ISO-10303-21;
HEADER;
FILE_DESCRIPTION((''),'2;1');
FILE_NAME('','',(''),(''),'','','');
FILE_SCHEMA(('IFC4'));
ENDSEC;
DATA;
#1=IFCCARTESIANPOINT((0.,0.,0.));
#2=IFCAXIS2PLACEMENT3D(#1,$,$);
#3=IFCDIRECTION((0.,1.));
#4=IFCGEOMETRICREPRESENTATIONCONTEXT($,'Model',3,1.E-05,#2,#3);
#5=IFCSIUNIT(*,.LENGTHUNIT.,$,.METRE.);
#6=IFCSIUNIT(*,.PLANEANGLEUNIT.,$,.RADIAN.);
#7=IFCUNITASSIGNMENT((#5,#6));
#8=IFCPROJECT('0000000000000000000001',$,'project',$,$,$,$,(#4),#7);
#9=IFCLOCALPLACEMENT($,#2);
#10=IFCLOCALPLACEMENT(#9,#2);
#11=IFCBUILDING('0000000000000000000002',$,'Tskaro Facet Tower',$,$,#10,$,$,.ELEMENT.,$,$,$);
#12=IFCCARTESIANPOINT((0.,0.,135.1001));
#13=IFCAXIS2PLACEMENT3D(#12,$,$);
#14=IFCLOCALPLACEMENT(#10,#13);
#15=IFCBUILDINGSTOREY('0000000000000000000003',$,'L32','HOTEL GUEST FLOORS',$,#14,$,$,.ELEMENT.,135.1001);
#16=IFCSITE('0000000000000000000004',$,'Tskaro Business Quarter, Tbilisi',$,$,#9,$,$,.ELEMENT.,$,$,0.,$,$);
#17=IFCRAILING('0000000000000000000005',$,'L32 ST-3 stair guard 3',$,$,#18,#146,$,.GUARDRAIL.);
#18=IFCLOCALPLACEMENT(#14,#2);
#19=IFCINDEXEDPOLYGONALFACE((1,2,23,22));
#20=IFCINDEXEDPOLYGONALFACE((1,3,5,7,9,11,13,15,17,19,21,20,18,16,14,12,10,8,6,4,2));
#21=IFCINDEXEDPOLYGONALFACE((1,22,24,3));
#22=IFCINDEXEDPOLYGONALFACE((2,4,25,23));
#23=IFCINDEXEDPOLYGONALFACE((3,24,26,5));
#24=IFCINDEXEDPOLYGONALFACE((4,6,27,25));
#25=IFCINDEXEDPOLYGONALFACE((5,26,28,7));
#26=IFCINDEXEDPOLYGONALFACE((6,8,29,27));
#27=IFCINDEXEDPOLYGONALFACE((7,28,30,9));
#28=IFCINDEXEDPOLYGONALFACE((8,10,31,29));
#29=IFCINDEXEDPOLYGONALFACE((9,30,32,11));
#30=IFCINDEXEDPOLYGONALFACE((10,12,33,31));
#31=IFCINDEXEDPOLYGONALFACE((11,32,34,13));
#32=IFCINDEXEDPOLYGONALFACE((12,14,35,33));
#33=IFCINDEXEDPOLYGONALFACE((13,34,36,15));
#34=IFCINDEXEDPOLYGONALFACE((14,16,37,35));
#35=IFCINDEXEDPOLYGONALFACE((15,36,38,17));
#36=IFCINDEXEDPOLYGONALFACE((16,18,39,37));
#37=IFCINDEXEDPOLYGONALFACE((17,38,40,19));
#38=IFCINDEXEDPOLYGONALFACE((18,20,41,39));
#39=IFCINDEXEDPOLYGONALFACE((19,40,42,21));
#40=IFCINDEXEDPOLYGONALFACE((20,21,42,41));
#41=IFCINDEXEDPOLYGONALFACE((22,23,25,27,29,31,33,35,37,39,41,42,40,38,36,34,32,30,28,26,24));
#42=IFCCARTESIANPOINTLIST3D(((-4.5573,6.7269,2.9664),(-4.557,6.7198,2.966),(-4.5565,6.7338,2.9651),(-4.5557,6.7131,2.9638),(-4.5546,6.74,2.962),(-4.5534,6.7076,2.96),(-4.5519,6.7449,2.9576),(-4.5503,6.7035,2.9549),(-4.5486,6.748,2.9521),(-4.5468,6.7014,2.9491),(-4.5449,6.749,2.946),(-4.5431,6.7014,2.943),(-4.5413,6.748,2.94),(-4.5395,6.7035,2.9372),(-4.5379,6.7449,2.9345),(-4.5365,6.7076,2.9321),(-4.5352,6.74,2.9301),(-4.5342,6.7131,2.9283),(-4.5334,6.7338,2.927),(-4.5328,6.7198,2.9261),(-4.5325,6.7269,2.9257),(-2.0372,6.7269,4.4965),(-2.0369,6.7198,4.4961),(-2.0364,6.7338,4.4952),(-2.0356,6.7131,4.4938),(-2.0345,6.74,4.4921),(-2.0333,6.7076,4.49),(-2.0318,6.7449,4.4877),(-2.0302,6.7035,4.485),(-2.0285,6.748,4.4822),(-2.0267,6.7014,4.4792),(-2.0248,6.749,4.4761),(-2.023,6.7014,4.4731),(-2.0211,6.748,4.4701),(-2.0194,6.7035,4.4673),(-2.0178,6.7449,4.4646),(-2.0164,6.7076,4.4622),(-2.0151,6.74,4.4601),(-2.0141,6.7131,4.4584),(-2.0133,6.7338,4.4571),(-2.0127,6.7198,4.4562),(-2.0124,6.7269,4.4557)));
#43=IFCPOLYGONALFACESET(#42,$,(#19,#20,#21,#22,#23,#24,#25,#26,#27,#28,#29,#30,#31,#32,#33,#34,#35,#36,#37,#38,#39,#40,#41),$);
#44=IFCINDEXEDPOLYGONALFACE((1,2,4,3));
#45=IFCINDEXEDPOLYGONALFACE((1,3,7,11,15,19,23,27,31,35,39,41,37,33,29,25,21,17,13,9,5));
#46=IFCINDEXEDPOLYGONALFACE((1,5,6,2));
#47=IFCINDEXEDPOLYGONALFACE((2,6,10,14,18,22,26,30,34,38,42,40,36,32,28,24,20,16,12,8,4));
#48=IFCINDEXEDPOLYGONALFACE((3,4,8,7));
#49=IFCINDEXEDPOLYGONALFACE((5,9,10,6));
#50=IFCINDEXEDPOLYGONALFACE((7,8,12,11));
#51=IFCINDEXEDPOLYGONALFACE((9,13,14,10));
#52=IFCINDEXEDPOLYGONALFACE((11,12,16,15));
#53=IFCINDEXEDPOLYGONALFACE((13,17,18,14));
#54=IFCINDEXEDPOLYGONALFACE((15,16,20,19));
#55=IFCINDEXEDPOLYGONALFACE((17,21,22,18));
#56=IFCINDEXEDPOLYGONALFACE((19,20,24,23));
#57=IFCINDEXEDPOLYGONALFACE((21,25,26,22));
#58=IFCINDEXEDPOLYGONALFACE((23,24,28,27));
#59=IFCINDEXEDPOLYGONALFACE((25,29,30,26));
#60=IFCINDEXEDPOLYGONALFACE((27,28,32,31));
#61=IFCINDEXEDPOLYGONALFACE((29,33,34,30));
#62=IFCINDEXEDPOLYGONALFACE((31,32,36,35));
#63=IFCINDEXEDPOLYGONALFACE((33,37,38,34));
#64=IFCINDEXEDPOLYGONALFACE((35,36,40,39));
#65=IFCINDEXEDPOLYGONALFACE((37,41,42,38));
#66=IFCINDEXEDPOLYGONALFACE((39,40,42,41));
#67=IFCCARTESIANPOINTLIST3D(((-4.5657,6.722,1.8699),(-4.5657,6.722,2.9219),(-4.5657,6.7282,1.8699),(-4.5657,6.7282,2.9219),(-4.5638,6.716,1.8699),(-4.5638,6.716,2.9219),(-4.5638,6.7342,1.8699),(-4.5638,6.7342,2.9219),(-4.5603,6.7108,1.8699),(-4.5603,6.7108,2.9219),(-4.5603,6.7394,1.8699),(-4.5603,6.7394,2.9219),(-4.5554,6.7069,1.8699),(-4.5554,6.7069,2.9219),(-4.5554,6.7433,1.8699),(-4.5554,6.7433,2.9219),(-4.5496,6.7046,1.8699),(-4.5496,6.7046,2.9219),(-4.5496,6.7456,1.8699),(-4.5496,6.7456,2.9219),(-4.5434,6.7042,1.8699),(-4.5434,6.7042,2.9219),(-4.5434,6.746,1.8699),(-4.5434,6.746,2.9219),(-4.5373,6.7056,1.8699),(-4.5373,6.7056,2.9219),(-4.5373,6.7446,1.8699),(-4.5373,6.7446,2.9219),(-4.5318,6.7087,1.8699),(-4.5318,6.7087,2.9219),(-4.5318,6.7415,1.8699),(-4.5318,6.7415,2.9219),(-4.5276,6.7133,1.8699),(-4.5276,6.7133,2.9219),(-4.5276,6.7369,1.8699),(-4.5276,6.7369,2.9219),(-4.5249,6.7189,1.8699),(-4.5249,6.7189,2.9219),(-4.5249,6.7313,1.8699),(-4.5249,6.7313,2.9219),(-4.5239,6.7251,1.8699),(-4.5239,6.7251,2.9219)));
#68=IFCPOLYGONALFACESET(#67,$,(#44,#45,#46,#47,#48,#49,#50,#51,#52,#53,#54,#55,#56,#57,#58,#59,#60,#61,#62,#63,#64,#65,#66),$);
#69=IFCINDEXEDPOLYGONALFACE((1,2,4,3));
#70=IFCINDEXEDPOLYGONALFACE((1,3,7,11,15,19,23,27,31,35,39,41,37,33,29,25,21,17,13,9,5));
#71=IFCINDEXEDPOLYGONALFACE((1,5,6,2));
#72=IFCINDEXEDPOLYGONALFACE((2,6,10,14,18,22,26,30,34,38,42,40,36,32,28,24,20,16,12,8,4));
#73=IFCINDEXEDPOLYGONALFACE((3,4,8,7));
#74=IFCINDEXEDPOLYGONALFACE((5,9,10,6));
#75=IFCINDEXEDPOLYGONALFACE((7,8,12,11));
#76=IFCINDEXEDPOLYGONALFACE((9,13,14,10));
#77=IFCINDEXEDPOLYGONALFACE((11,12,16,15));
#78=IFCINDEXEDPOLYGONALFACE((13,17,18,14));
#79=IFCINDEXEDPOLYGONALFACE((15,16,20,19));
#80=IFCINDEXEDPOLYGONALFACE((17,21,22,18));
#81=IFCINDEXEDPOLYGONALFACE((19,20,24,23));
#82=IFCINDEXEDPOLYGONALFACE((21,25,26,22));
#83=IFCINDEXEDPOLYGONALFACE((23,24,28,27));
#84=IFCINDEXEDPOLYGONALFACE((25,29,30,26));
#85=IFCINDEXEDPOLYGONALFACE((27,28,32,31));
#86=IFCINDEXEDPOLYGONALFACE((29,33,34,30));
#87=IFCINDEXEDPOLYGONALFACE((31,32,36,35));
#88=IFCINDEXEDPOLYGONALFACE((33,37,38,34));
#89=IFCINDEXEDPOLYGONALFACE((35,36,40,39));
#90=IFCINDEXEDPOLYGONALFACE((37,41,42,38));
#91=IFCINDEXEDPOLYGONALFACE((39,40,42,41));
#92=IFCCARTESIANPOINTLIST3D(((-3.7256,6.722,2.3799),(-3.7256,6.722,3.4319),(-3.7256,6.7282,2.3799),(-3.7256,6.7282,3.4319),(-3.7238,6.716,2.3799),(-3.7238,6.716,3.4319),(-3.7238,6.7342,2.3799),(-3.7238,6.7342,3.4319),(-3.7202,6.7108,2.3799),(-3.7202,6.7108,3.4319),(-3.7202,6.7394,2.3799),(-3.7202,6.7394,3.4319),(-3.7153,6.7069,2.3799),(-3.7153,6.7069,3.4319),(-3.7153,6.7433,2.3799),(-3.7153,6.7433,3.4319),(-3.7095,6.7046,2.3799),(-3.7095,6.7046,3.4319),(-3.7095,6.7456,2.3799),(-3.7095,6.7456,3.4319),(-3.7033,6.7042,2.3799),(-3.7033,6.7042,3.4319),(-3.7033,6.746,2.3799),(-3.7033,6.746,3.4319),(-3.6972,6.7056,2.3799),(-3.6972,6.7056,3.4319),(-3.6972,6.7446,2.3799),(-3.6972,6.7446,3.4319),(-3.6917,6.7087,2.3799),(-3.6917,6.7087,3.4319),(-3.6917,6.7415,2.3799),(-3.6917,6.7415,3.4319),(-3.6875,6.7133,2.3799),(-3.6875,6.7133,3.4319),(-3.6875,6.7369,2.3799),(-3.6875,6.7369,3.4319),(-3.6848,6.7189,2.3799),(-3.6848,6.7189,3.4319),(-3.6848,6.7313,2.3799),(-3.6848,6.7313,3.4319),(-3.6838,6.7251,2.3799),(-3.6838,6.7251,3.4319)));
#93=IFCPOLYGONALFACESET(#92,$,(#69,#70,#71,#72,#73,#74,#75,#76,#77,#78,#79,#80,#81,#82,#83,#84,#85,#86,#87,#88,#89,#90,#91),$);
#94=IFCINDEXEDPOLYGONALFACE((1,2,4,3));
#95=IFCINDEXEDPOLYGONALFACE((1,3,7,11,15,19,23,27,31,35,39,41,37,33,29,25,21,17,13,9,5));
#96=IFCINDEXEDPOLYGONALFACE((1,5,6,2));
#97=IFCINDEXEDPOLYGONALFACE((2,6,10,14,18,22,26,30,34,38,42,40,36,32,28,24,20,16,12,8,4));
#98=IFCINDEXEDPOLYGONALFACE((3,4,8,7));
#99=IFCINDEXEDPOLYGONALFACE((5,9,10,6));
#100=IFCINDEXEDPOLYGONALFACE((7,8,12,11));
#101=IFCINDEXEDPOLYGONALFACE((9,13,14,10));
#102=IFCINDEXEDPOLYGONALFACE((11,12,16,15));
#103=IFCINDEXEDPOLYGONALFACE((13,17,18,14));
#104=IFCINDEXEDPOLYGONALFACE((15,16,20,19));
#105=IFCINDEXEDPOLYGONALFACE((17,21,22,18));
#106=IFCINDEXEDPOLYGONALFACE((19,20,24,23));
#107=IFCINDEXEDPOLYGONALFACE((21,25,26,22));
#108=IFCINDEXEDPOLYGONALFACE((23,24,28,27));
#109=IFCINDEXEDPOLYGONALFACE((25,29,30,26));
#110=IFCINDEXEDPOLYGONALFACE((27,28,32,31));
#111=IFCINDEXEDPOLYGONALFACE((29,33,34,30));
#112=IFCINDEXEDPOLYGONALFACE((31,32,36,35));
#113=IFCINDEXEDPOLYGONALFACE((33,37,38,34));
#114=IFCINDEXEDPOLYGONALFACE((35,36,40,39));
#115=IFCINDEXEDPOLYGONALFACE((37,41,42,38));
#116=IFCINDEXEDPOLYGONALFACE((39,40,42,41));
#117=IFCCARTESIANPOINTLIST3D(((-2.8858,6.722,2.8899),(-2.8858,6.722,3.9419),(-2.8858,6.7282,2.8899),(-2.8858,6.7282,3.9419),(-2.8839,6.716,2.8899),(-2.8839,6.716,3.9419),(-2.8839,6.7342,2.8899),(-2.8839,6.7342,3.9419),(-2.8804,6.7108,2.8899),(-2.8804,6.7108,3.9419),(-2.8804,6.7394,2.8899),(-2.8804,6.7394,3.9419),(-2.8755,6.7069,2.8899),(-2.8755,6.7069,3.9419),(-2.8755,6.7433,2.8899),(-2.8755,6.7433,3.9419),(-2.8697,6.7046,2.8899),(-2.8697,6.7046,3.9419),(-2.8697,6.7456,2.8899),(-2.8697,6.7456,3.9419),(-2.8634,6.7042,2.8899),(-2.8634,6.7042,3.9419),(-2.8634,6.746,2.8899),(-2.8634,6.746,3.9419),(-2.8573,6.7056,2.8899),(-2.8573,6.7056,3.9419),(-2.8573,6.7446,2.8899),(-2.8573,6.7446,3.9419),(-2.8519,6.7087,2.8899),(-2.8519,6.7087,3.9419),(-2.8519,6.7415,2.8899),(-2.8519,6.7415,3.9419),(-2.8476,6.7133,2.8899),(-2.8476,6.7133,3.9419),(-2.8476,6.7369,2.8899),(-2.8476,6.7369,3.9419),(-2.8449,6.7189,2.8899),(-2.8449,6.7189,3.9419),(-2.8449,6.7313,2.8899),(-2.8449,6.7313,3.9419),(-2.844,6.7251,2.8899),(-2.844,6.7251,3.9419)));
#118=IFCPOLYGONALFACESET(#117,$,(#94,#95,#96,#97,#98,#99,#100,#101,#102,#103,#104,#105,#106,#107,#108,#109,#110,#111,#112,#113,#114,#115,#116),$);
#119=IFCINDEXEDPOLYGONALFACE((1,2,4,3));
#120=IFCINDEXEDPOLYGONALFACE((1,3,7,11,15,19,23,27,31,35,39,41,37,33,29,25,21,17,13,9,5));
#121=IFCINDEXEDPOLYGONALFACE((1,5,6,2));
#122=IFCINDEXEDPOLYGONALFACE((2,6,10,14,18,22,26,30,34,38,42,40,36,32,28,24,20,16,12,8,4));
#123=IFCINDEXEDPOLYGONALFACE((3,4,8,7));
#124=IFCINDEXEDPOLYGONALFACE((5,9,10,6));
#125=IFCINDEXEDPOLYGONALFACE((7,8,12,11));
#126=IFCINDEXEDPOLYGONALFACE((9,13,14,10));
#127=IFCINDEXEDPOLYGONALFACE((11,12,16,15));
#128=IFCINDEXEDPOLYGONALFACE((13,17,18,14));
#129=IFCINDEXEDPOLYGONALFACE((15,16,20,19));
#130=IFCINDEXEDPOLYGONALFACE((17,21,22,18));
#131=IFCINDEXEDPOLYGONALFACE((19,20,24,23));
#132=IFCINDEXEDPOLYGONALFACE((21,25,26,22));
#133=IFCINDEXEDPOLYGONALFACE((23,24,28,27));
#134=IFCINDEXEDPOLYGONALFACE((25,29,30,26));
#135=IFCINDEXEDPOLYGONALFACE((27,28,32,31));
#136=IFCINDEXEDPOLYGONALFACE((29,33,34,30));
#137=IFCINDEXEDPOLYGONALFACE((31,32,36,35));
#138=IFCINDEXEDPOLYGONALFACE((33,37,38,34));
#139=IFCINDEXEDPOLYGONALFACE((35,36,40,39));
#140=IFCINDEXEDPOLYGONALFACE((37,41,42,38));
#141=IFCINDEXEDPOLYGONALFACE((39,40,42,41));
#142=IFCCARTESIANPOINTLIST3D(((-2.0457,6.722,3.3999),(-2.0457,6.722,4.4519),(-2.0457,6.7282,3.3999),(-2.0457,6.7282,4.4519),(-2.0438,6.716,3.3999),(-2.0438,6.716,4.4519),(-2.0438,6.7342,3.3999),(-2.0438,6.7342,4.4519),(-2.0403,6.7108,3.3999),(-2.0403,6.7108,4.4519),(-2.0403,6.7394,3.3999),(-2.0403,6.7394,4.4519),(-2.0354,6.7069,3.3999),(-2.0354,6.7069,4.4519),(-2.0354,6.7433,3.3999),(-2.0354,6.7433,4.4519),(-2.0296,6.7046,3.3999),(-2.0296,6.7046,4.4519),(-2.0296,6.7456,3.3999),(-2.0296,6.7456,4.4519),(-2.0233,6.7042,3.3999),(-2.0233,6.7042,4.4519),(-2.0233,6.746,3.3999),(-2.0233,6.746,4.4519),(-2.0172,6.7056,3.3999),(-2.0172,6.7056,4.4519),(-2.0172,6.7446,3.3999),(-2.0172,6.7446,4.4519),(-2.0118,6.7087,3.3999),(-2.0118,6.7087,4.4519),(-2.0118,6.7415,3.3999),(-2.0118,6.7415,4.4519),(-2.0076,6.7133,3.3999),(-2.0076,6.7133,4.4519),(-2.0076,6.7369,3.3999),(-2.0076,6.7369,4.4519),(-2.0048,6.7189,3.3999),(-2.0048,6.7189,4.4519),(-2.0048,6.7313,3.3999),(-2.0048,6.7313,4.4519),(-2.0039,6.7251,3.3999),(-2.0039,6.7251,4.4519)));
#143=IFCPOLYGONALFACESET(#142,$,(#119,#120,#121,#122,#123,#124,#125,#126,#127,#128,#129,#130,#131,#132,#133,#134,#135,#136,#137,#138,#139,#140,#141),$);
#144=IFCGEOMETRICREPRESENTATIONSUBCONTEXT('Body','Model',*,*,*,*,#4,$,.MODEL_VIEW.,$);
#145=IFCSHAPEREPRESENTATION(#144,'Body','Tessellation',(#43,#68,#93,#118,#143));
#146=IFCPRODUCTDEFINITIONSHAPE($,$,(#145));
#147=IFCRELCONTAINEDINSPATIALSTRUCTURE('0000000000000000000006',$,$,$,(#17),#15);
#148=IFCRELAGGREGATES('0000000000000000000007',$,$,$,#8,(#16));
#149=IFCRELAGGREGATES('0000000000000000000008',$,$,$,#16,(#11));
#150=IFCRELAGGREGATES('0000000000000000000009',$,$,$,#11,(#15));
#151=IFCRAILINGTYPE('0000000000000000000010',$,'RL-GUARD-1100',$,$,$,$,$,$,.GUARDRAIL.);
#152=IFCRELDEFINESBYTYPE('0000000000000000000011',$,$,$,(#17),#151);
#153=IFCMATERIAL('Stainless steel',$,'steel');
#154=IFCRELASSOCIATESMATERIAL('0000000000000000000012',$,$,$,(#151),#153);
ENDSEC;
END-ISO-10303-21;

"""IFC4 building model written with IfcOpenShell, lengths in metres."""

from ifc_helpers import new_model, si_unit, direction, frame, origin, origin_2d, place, context, subcontext, project, spatial, circle, extrude, material, type_object, element, save


model = new_model("IFC4")

# Units and contexts
model_context = context("Model", 3, precision=1e-05, world=origin(), true_north=direction((0.0, 1.0)))
body_context = subcontext(model_context, "Body", "Model", "MODEL_VIEW")
ifc_project = project(units=[si_unit("LENGTHUNIT", "METRE"), si_unit("PLANEANGLEUNIT", "RADIAN")], contexts=[model_context])

# Site, building, storey
site_placement = place(None, origin())
site = spatial("IfcSite", under=ifc_project, at=site_placement, Name="Tskaro Business Quarter, Tbilisi", CompositionType="ELEMENT", RefElevation=0.0)
building_placement = place(site_placement, origin())
building = spatial("IfcBuilding", under=site, at=building_placement, Name="Tskaro Facet Tower", CompositionType="ELEMENT")
storey_placement = place(building_placement, frame((0.0, 0.0, 135.1001)))
storey = spatial("IfcBuildingStorey", under=building, at=storey_placement, Name="L32", Description="HOTEL GUEST FLOORS", CompositionType="ELEMENT", Elevation=135.1001)

# Railing
ifc_material_1 = material(Name="Stainless steel", Category="steel")
railing_type_1 = type_object("IfcRailingType", Name="RL-GUARD-1100", PredefinedType="GUARDRAIL", material=ifc_material_1)
railing_1_placement = place(storey_placement, frame((-4.5449, 6.7251, 1.8699)))
element("IfcRailing", 1, at=railing_1_placement, inside=storey, type_object=railing_type_1, Name="L32 ST-3 stair guard 3", PredefinedType="GUARDRAIL", context=body_context, shape_type="SweptSolid", body=[
    extrude(circle(Radius=0.0239, at=origin_2d()), frame((0.0, 0.0, 1.0762), z_axis=(0.854785, 0.0, 0.518982), x_axis=(0.0, 1.0, 0.0)), (0.0, 0.0, 1.0), 2.9482),
    extrude(circle(Radius=0.021, at=origin_2d()), origin(), (0.0, 0.0, 1.0), 1.052),
    extrude(circle(Radius=0.021, at=origin_2d()), frame((0.8401, 0.0, 0.51)), (0.0, 0.0, 1.0), 1.052),
    extrude(circle(Radius=0.021, at=origin_2d()), frame((1.6799, 0.0, 1.02)), (0.0, 0.0, 1.0), 1.052),
    extrude(circle(Radius=0.021, at=origin_2d()), frame((2.52, 0.0, 1.53)), (0.0, 0.0, 1.0), 1.052),
])

save(model, "model.ifc")
